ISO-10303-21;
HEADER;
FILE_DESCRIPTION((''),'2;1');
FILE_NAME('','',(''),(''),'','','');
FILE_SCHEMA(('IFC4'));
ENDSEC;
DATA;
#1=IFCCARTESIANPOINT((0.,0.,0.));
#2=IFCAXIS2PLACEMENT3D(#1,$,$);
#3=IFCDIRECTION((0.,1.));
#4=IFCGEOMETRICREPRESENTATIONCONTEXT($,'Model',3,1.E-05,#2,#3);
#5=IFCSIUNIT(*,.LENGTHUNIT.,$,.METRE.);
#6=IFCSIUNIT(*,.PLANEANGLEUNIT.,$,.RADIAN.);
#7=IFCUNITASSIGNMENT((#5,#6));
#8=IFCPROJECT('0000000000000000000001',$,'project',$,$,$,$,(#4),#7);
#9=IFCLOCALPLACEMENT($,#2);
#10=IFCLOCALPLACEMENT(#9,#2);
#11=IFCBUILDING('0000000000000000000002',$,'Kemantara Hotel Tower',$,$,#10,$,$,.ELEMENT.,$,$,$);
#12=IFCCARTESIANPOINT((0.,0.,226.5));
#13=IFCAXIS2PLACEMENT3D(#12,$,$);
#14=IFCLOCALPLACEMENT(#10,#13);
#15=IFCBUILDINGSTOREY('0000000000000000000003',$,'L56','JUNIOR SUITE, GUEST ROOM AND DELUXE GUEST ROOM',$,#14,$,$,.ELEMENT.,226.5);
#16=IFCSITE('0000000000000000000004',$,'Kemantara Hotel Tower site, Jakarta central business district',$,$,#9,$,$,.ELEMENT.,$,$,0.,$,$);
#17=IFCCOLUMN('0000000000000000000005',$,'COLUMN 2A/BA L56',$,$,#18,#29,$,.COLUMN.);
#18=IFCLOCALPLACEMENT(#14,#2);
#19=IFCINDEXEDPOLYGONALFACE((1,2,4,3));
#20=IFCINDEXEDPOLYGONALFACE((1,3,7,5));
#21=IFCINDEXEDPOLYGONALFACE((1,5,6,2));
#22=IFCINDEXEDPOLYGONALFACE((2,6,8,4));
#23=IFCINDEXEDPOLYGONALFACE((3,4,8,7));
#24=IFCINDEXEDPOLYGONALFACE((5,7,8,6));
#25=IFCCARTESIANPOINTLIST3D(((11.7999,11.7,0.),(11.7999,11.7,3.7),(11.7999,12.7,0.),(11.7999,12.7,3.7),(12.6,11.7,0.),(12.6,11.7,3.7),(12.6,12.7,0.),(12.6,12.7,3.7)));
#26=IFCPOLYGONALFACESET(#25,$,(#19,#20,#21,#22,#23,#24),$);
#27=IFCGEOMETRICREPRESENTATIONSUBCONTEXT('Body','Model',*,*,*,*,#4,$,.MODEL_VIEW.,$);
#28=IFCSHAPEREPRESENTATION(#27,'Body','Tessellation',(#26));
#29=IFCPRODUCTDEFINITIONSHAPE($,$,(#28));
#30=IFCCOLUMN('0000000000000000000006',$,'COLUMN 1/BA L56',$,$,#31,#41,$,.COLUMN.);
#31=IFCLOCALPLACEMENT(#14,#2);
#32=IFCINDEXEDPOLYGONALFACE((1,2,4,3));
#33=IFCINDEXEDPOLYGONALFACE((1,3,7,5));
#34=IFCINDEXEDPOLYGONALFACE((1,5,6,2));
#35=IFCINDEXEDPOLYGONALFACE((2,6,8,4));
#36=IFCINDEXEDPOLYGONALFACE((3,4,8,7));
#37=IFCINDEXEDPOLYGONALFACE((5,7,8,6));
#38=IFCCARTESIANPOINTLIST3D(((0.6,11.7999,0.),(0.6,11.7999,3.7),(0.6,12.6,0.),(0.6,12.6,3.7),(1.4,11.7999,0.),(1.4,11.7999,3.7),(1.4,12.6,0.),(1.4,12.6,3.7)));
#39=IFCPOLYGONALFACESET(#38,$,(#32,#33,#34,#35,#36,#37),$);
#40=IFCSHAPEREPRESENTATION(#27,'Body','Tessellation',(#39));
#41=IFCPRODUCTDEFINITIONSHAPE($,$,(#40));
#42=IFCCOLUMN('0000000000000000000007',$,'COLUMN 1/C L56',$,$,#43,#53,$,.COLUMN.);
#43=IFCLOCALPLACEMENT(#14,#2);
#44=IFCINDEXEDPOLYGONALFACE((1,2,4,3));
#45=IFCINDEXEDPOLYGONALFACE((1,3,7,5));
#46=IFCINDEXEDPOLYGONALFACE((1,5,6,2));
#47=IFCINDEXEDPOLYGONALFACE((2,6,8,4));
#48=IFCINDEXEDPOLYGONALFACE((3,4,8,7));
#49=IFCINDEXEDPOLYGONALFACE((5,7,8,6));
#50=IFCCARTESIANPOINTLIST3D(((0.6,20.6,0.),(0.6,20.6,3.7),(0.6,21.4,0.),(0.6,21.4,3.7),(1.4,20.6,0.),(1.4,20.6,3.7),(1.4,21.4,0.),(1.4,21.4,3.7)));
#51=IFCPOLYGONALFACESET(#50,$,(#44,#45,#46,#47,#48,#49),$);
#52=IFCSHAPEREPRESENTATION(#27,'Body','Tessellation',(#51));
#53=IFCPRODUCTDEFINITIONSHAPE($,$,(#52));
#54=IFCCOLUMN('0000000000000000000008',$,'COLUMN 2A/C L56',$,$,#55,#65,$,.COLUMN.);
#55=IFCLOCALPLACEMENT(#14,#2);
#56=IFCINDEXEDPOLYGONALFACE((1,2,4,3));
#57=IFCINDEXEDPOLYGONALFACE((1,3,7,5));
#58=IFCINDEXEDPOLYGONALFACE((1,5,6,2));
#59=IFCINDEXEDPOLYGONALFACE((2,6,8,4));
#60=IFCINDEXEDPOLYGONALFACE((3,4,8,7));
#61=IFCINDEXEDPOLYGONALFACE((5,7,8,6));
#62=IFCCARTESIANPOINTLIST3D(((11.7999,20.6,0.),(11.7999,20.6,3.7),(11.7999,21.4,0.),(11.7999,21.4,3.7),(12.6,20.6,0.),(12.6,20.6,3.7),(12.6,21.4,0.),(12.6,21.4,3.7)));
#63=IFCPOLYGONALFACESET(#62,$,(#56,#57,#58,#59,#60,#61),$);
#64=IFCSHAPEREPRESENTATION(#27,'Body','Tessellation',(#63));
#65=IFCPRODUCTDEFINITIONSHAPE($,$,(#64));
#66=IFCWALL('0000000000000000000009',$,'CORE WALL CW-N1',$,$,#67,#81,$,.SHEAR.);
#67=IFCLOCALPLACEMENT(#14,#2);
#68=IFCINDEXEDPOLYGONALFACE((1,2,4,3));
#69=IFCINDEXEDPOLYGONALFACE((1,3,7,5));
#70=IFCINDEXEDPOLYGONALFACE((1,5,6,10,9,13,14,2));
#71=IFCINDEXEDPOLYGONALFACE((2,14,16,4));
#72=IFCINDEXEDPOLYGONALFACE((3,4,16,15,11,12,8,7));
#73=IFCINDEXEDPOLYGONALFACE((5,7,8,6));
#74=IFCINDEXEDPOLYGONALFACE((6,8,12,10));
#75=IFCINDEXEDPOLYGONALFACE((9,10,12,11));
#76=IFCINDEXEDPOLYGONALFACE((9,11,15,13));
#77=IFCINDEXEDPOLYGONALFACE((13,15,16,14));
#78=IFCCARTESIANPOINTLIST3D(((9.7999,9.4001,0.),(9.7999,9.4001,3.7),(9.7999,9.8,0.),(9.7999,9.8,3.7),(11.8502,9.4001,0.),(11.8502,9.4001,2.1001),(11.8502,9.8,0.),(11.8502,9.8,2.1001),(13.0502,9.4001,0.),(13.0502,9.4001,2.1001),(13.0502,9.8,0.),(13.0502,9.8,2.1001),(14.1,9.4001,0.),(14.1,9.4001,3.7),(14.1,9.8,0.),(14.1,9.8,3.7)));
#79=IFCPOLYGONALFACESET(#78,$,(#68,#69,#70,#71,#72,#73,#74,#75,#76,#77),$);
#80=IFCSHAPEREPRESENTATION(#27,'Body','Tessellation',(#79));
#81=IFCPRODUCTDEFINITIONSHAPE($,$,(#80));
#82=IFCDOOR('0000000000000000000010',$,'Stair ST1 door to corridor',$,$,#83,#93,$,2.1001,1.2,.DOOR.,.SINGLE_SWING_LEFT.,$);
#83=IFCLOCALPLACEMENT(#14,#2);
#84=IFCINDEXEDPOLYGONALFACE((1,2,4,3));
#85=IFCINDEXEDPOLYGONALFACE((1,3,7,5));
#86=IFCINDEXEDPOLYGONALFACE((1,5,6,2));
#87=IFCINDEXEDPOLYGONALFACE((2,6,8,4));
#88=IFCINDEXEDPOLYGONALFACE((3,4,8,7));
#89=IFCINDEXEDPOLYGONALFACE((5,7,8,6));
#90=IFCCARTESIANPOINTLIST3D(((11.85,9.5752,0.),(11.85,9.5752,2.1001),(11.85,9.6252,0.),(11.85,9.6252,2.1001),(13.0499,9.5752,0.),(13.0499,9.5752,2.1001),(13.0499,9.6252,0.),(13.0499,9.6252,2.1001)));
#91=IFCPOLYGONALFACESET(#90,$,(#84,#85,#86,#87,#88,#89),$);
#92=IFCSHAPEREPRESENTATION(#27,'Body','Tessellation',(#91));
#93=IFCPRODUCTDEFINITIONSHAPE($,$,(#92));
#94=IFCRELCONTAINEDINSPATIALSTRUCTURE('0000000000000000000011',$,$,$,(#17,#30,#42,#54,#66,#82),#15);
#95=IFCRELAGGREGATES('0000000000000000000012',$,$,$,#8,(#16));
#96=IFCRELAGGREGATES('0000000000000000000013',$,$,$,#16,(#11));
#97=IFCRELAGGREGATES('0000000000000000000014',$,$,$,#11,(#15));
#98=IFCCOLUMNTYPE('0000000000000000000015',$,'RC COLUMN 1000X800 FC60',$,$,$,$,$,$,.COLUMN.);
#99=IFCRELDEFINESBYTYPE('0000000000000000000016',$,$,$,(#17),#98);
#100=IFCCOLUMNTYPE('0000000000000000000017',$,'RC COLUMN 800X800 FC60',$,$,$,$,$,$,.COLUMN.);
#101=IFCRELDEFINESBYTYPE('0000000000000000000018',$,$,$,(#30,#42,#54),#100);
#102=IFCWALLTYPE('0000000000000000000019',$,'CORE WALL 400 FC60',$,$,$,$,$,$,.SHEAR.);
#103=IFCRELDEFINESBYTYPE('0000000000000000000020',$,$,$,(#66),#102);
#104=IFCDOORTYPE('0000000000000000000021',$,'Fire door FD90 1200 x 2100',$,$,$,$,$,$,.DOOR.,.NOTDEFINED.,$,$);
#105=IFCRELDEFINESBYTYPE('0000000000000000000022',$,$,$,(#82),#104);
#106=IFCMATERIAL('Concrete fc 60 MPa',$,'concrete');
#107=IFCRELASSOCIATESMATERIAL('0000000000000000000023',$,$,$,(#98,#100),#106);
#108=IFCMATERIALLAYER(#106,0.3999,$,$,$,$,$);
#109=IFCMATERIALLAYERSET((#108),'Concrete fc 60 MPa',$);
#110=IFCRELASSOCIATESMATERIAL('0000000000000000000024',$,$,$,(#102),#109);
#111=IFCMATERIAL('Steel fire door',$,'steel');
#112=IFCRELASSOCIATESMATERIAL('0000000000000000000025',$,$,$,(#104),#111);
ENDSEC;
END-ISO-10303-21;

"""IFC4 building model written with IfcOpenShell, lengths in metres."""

from ifc_helpers import new_model, si_unit, direction, frame, frame_2d, origin, origin_2d, place, context, subcontext, project, spatial, rectangle, extrude, material, layer, layer_set, material_profile, profile_set, type_object, element, fill, save


model = new_model("IFC4")

# Units and contexts
model_context = context("Model", 3, precision=1e-05, world=origin(), true_north=direction((0.0, 1.0)))
body_context = subcontext(model_context, "Body", "Model", "MODEL_VIEW")
ifc_project = project(units=[si_unit("LENGTHUNIT", "METRE"), si_unit("PLANEANGLEUNIT", "RADIAN")], contexts=[model_context])

# Site, building, storey
site_placement = place(None, origin())
site = spatial("IfcSite", under=ifc_project, at=site_placement, Name="Kemantara Hotel Tower site, Jakarta central business district", CompositionType="ELEMENT", RefElevation=0.0)
building_placement = place(site_placement, origin())
building = spatial("IfcBuilding", under=site, at=building_placement, Name="Kemantara Hotel Tower", CompositionType="ELEMENT")
storey_placement = place(building_placement, frame((0.0, 0.0, 226.5)))
storey = spatial("IfcBuildingStorey", under=building, at=storey_placement, Name="L56", Description="JUNIOR SUITE, GUEST ROOM AND DELUXE GUEST ROOM", CompositionType="ELEMENT", Elevation=226.5)

# Columns
ifc_material_1 = material(Name="Concrete fc 60 MPa", Category="concrete")
ifc_material_profile_1 = material_profile(ifc_material_1, rectangle(XDim=1.0, YDim=0.8, at=origin_2d()), Name="RC 1000X800")
ifc_profile_set_1 = profile_set([ifc_material_profile_1], Name="Concrete fc 60 MPa")
column_type_1 = type_object("IfcColumnType", Name="RC COLUMN 1000X800 FC60", PredefinedType="COLUMN", material=ifc_profile_set_1)
column_placement = place(storey_placement, frame((12.2, 12.2, 0.0), z_axis=(0.0, 0.0, 1.0), x_axis=(0.0, 1.0, 0.0)))
element("IfcColumn", 1, at=column_placement, inside=storey, type_object=column_type_1, Name="COLUMN 2A/BA L56", PredefinedType="COLUMN", context=body_context, shape_type="SweptSolid", body=[
    extrude(rectangle(XDim=1.0, YDim=0.8, at=origin_2d()), origin(), (0.0, 0.0, 1.0), 3.7),
])
ifc_material_profile_2 = material_profile(ifc_material_1, rectangle(XDim=0.8, YDim=0.8, at=origin_2d()), Name="RC 800X800")
ifc_profile_set_2 = profile_set([ifc_material_profile_2], Name="Concrete fc 60 MPa")
column_type_2 = type_object("IfcColumnType", Name="RC COLUMN 800X800 FC60", PredefinedType="COLUMN", material=ifc_profile_set_2)
for number, where, z_axis, x_axis, name in (
    (2, (1.0, 12.2, 0.0), (0.0, 0.0, 1.0), (1.0, 0.0, 0.0), "COLUMN 1/BA L56"),
    (3, (1.0, 21.0, 0.0), (0.0, 0.0, 1.0), (1.0, 0.0, 0.0), "COLUMN 1/C L56"),
    (4, (12.2, 21.0, 0.0), (0.0, 0.0, 1.0), (1.0, 0.0, 0.0), "COLUMN 2A/C L56"),
):
    element("IfcColumn", number, at=place(storey_placement, frame(where, z_axis=z_axis, x_axis=x_axis)), inside=storey, type_object=column_type_2, Name=name, PredefinedType="COLUMN", context=body_context, shape_type="SweptSolid", body=[
        extrude(rectangle(XDim=0.8, YDim=0.8, at=origin_2d()), origin(), (0.0, 0.0, 1.0), 3.7),
    ])

# Wall, opening, door
ifc_layer_1 = layer(ifc_material_1, 0.3999)
ifc_layer_set_1 = layer_set([ifc_layer_1], Name="Concrete fc 60 MPa")
wall_type_1 = type_object("IfcWallType", Name="CORE WALL 400 FC60", PredefinedType="SHEAR", material=ifc_layer_set_1)
wall_1_placement = place(storey_placement, frame((9.8, 9.6001, 0.0), z_axis=(0.0, 0.0, 1.0), x_axis=(1.0, 0.0, 0.0)))
wall_1 = element("IfcWall", 5, at=wall_1_placement, inside=storey, type_object=wall_type_1, Name="CORE WALL CW-N1", PredefinedType="SHEAR", context=body_context, shape_type="SweptSolid", body=[
    extrude(rectangle(XDim=4.3, YDim=0.3999, at=frame_2d((2.1499, 0.0))), origin(), (0.0, 0.0, 1.0), 3.7),
])
opening_1_placement = place(wall_1_placement, frame((2.05, 0.0, 0.0)))
opening_1 = element("IfcOpeningElement", 6, at=opening_1_placement, cuts=wall_1, PredefinedType="OPENING", context=body_context, shape_type="SweptSolid", body=[
    extrude(rectangle(XDim=1.2, YDim=2.1001, at=frame_2d((0.6001, 1.05))), frame((0.0, 0.21, 0.0), z_axis=(0.0, -1.0, 0.0), x_axis=(1.0, 0.0, 0.0)), (0.0, 0.0, 1.0), 0.4199),
])
ifc_material_2 = material(Name="Steel fire door", Category="steel")
door_type_1 = type_object("IfcDoorType", Name="Fire door FD90 1200 x 2100", OperationType="NOTDEFINED", PredefinedType="DOOR", material=ifc_material_2)
door_1_placement = place(opening_1_placement, frame((1.2, 0.0, 0.0), z_axis=(0.0, 0.0, 1.0), x_axis=(-1.0, 0.0, 0.0)))
door_1 = element("IfcDoor", 7, at=door_1_placement, inside=storey, type_object=door_type_1, Name="Stair ST1 door to corridor", OperationType="SINGLE_SWING_LEFT", OverallHeight=2.1001, OverallWidth=1.2, PredefinedType="DOOR", context=body_context, shape_type="SweptSolid", body=[
    extrude(rectangle(XDim=1.2, YDim=2.1001, at=frame_2d((0.6001, 1.05))), frame((0.0, 0.0249, 0.0), z_axis=(0.0, -1.0, 0.0), x_axis=(1.0, 0.0, 0.0)), (0.0, 0.0, 1.0), 0.05),
])
fill(opening_1, door_1)

save(model, "model.ifc")
